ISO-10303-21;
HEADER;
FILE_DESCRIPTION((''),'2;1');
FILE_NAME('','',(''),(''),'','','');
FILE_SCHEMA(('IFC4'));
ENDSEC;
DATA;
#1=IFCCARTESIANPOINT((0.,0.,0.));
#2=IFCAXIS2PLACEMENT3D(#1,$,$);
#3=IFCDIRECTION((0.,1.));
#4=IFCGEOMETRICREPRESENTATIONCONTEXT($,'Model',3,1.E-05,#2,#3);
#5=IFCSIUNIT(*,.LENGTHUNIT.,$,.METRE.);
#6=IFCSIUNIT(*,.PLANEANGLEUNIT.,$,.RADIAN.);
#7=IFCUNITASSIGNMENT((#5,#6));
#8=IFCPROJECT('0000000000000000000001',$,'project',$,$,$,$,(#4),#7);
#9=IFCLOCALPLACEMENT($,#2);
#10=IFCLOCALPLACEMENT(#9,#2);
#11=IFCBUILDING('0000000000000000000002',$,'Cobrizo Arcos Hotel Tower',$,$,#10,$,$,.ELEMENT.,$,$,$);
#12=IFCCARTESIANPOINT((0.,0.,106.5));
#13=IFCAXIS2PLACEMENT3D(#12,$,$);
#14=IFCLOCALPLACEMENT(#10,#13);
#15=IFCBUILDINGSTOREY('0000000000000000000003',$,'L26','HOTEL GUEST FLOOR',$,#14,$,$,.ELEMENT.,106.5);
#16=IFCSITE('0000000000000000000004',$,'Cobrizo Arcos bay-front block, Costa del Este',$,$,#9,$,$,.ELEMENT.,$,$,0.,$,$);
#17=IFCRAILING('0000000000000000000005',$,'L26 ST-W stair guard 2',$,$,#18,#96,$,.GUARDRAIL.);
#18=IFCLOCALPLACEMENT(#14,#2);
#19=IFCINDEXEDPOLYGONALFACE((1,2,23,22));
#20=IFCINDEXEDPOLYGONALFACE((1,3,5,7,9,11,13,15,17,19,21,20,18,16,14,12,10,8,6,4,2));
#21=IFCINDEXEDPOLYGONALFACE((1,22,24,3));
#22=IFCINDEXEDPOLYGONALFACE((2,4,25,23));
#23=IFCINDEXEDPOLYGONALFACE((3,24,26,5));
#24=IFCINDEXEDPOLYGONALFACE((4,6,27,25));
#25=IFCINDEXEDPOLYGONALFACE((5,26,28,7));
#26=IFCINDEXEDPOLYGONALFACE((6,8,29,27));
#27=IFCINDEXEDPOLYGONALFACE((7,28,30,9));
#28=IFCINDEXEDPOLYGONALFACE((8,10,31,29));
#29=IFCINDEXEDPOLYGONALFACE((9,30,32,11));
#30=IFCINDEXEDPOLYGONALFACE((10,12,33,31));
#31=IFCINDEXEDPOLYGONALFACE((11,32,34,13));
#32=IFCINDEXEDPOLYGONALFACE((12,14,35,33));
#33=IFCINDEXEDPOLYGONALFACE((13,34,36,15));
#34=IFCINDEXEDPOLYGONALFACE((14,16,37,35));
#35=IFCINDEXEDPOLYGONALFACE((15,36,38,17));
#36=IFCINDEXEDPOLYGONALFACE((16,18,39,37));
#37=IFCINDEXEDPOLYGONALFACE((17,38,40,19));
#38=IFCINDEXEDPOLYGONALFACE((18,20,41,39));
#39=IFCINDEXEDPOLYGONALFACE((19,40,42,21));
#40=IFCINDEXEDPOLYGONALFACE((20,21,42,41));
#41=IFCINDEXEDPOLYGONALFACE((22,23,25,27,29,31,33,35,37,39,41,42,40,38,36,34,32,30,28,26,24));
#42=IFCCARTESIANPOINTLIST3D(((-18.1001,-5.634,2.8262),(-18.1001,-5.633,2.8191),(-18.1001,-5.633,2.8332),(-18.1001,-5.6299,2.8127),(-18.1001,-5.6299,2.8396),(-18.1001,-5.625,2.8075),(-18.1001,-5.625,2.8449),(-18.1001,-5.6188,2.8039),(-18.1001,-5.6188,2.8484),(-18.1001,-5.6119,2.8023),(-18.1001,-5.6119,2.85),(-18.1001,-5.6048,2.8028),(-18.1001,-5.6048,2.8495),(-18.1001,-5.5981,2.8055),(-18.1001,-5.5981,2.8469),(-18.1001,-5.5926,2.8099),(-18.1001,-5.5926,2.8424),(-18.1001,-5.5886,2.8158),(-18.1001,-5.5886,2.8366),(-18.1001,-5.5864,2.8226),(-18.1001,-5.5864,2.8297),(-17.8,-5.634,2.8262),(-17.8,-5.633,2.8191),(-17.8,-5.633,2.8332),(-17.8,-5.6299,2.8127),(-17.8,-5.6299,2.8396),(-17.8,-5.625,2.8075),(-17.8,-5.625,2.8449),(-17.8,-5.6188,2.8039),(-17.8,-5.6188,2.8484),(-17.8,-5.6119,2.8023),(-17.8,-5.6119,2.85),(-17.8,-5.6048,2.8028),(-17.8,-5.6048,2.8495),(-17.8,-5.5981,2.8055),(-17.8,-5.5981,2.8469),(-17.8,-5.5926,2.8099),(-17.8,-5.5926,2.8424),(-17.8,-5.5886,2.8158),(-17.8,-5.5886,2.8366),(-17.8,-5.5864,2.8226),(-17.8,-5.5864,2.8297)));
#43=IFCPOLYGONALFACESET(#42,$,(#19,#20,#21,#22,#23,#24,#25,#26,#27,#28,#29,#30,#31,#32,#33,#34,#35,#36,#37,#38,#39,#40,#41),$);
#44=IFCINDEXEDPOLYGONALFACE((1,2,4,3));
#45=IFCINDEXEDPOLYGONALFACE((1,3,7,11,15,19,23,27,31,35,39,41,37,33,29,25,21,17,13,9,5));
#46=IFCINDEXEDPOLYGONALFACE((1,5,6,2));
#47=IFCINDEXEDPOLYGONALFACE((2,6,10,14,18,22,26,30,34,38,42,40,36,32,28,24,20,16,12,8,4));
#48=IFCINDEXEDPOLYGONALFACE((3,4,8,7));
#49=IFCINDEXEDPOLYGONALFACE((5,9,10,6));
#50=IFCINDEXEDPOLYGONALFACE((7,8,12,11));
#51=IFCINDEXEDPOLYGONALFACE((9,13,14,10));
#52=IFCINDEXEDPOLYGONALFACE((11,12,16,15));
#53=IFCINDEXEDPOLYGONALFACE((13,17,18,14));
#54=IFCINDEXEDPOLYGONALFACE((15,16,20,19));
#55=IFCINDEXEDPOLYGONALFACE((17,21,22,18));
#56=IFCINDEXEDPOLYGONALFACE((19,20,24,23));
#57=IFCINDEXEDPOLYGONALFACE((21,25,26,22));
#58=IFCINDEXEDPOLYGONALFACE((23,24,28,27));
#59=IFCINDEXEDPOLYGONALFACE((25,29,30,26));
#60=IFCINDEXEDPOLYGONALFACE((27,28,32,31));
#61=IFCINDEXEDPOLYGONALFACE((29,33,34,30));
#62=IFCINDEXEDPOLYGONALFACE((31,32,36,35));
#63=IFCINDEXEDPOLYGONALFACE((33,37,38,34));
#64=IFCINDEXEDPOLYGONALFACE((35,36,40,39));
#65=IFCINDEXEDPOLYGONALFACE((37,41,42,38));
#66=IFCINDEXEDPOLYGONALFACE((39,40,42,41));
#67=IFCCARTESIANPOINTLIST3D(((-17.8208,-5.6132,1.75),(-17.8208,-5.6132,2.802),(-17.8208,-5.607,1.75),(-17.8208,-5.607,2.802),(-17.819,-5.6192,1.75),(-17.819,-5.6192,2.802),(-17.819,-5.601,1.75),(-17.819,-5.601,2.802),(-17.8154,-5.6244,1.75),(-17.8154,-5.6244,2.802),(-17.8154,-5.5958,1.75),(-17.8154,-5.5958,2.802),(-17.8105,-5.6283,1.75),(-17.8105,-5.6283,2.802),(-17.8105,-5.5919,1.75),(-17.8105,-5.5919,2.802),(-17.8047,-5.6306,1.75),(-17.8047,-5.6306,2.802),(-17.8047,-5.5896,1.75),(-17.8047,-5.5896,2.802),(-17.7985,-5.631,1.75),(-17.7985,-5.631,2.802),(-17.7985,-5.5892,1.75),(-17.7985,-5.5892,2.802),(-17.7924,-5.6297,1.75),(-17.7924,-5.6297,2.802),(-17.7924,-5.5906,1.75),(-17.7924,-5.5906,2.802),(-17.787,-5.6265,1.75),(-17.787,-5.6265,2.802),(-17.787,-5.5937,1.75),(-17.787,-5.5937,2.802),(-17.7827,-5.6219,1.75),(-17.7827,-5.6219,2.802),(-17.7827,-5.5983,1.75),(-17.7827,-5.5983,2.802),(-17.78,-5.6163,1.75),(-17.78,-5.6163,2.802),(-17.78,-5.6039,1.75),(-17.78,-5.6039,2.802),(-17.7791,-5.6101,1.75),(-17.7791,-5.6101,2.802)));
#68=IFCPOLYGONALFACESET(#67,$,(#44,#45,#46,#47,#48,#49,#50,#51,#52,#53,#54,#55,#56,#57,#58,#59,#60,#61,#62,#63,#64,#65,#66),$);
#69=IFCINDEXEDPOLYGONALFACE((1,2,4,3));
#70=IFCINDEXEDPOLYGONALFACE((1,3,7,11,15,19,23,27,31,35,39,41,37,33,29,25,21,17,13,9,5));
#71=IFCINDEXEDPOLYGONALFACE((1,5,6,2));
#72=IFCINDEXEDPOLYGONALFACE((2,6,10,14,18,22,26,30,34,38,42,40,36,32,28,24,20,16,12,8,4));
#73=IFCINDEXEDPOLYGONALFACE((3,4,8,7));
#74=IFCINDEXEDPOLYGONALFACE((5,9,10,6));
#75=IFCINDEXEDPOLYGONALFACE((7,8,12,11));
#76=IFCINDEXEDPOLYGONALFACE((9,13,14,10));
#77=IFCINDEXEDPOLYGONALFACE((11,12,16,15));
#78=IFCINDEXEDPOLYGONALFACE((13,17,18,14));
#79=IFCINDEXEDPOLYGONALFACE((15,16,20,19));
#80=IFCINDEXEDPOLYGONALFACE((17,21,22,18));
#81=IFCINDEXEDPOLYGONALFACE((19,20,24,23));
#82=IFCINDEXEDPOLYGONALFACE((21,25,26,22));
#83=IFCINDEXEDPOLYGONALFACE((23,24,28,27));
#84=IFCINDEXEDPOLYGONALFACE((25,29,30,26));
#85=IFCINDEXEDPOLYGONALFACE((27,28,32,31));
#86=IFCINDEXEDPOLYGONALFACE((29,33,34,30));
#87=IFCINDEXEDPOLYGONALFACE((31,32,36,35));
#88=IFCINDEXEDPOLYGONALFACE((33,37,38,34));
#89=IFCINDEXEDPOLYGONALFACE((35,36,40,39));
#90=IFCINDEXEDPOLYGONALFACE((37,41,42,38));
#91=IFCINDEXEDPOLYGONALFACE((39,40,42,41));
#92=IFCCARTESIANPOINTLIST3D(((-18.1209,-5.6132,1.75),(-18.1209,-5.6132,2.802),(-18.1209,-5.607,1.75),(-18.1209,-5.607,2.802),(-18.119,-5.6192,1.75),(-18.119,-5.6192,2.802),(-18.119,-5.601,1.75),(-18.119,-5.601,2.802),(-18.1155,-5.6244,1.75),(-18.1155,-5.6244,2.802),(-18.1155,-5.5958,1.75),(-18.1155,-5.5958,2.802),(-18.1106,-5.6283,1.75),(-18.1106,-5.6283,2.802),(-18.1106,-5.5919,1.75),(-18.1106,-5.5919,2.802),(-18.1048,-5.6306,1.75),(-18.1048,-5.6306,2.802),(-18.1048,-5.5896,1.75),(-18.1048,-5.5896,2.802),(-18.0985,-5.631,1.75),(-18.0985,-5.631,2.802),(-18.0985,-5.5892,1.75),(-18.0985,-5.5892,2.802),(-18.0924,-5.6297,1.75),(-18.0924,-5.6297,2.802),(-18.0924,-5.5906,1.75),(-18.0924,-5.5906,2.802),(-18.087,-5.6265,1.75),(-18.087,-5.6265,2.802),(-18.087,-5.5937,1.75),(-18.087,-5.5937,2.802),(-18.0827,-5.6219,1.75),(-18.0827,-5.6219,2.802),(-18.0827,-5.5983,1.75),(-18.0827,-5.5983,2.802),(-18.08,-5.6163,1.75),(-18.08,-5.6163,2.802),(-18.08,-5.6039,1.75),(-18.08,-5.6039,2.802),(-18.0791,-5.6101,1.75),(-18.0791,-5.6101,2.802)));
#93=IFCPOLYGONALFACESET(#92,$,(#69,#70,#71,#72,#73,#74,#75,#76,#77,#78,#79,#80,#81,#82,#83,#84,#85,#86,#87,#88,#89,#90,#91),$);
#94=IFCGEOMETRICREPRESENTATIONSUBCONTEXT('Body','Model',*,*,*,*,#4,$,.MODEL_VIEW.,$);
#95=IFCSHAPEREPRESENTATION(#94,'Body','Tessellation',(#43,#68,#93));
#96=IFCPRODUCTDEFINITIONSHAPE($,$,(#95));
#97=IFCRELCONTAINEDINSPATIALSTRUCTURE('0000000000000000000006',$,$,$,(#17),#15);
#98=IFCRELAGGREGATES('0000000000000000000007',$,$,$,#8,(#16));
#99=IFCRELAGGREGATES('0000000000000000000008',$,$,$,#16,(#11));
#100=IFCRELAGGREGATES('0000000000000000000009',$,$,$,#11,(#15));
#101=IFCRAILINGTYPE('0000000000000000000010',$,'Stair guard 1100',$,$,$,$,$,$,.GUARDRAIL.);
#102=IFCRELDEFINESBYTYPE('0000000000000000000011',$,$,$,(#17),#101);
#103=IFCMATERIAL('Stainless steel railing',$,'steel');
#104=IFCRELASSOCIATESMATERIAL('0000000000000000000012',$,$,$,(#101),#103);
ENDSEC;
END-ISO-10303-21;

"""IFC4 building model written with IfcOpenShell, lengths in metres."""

from ifc_helpers import new_model, si_unit, direction, frame, origin, origin_2d, place, context, subcontext, project, spatial, circle, extrude, material, type_object, element, save


model = new_model("IFC4")

# Units and contexts
model_context = context("Model", 3, precision=1e-05, world=origin(), true_north=direction((0.0, 1.0)))
body_context = subcontext(model_context, "Body", "Model", "MODEL_VIEW")
ifc_project = project(units=[si_unit("LENGTHUNIT", "METRE"), si_unit("PLANEANGLEUNIT", "RADIAN")], contexts=[model_context])

# Site, building, storey
site_placement = place(None, origin())
site = spatial("IfcSite", under=ifc_project, at=site_placement, Name="Cobrizo Arcos bay-front block, Costa del Este", CompositionType="ELEMENT", RefElevation=0.0)
building_placement = place(site_placement, origin())
building = spatial("IfcBuilding", under=site, at=building_placement, Name="Cobrizo Arcos Hotel Tower", CompositionType="ELEMENT")
storey_placement = place(building_placement, frame((0.0, 0.0, 106.5)))
storey = spatial("IfcBuildingStorey", under=building, at=storey_placement, Name="L26", Description="HOTEL GUEST FLOOR", CompositionType="ELEMENT", Elevation=106.5)

# Railing
ifc_material_1 = material(Name="Stainless steel railing", Category="steel")
railing_type_1 = type_object("IfcRailingType", Name="Stair guard 1100", PredefinedType="GUARDRAIL", material=ifc_material_1)
railing_1_placement = place(storey_placement, frame((-17.8, -5.6101, 1.75)))
element("IfcRailing", 1, at=railing_1_placement, inside=storey, type_object=railing_type_1, Name="L26 ST-W stair guard 2", PredefinedType="GUARDRAIL", context=body_context, shape_type="SweptSolid", body=[
    extrude(circle(Radius=0.0239, at=origin_2d()), frame((0.0, 0.0, 1.0762), z_axis=(-1.0, 0.0, 0.0), x_axis=(0.0, -1.0, 0.0)), (0.0, 0.0, 1.0), 0.3),
    extrude(circle(Radius=0.021, at=origin_2d()), origin(), (0.0, 0.0, 1.0), 1.052),
    extrude(circle(Radius=0.021, at=origin_2d()), frame((-0.3, 0.0, 0.0)), (0.0, 0.0, 1.0), 1.052),
])

save(model, "model.ifc")
